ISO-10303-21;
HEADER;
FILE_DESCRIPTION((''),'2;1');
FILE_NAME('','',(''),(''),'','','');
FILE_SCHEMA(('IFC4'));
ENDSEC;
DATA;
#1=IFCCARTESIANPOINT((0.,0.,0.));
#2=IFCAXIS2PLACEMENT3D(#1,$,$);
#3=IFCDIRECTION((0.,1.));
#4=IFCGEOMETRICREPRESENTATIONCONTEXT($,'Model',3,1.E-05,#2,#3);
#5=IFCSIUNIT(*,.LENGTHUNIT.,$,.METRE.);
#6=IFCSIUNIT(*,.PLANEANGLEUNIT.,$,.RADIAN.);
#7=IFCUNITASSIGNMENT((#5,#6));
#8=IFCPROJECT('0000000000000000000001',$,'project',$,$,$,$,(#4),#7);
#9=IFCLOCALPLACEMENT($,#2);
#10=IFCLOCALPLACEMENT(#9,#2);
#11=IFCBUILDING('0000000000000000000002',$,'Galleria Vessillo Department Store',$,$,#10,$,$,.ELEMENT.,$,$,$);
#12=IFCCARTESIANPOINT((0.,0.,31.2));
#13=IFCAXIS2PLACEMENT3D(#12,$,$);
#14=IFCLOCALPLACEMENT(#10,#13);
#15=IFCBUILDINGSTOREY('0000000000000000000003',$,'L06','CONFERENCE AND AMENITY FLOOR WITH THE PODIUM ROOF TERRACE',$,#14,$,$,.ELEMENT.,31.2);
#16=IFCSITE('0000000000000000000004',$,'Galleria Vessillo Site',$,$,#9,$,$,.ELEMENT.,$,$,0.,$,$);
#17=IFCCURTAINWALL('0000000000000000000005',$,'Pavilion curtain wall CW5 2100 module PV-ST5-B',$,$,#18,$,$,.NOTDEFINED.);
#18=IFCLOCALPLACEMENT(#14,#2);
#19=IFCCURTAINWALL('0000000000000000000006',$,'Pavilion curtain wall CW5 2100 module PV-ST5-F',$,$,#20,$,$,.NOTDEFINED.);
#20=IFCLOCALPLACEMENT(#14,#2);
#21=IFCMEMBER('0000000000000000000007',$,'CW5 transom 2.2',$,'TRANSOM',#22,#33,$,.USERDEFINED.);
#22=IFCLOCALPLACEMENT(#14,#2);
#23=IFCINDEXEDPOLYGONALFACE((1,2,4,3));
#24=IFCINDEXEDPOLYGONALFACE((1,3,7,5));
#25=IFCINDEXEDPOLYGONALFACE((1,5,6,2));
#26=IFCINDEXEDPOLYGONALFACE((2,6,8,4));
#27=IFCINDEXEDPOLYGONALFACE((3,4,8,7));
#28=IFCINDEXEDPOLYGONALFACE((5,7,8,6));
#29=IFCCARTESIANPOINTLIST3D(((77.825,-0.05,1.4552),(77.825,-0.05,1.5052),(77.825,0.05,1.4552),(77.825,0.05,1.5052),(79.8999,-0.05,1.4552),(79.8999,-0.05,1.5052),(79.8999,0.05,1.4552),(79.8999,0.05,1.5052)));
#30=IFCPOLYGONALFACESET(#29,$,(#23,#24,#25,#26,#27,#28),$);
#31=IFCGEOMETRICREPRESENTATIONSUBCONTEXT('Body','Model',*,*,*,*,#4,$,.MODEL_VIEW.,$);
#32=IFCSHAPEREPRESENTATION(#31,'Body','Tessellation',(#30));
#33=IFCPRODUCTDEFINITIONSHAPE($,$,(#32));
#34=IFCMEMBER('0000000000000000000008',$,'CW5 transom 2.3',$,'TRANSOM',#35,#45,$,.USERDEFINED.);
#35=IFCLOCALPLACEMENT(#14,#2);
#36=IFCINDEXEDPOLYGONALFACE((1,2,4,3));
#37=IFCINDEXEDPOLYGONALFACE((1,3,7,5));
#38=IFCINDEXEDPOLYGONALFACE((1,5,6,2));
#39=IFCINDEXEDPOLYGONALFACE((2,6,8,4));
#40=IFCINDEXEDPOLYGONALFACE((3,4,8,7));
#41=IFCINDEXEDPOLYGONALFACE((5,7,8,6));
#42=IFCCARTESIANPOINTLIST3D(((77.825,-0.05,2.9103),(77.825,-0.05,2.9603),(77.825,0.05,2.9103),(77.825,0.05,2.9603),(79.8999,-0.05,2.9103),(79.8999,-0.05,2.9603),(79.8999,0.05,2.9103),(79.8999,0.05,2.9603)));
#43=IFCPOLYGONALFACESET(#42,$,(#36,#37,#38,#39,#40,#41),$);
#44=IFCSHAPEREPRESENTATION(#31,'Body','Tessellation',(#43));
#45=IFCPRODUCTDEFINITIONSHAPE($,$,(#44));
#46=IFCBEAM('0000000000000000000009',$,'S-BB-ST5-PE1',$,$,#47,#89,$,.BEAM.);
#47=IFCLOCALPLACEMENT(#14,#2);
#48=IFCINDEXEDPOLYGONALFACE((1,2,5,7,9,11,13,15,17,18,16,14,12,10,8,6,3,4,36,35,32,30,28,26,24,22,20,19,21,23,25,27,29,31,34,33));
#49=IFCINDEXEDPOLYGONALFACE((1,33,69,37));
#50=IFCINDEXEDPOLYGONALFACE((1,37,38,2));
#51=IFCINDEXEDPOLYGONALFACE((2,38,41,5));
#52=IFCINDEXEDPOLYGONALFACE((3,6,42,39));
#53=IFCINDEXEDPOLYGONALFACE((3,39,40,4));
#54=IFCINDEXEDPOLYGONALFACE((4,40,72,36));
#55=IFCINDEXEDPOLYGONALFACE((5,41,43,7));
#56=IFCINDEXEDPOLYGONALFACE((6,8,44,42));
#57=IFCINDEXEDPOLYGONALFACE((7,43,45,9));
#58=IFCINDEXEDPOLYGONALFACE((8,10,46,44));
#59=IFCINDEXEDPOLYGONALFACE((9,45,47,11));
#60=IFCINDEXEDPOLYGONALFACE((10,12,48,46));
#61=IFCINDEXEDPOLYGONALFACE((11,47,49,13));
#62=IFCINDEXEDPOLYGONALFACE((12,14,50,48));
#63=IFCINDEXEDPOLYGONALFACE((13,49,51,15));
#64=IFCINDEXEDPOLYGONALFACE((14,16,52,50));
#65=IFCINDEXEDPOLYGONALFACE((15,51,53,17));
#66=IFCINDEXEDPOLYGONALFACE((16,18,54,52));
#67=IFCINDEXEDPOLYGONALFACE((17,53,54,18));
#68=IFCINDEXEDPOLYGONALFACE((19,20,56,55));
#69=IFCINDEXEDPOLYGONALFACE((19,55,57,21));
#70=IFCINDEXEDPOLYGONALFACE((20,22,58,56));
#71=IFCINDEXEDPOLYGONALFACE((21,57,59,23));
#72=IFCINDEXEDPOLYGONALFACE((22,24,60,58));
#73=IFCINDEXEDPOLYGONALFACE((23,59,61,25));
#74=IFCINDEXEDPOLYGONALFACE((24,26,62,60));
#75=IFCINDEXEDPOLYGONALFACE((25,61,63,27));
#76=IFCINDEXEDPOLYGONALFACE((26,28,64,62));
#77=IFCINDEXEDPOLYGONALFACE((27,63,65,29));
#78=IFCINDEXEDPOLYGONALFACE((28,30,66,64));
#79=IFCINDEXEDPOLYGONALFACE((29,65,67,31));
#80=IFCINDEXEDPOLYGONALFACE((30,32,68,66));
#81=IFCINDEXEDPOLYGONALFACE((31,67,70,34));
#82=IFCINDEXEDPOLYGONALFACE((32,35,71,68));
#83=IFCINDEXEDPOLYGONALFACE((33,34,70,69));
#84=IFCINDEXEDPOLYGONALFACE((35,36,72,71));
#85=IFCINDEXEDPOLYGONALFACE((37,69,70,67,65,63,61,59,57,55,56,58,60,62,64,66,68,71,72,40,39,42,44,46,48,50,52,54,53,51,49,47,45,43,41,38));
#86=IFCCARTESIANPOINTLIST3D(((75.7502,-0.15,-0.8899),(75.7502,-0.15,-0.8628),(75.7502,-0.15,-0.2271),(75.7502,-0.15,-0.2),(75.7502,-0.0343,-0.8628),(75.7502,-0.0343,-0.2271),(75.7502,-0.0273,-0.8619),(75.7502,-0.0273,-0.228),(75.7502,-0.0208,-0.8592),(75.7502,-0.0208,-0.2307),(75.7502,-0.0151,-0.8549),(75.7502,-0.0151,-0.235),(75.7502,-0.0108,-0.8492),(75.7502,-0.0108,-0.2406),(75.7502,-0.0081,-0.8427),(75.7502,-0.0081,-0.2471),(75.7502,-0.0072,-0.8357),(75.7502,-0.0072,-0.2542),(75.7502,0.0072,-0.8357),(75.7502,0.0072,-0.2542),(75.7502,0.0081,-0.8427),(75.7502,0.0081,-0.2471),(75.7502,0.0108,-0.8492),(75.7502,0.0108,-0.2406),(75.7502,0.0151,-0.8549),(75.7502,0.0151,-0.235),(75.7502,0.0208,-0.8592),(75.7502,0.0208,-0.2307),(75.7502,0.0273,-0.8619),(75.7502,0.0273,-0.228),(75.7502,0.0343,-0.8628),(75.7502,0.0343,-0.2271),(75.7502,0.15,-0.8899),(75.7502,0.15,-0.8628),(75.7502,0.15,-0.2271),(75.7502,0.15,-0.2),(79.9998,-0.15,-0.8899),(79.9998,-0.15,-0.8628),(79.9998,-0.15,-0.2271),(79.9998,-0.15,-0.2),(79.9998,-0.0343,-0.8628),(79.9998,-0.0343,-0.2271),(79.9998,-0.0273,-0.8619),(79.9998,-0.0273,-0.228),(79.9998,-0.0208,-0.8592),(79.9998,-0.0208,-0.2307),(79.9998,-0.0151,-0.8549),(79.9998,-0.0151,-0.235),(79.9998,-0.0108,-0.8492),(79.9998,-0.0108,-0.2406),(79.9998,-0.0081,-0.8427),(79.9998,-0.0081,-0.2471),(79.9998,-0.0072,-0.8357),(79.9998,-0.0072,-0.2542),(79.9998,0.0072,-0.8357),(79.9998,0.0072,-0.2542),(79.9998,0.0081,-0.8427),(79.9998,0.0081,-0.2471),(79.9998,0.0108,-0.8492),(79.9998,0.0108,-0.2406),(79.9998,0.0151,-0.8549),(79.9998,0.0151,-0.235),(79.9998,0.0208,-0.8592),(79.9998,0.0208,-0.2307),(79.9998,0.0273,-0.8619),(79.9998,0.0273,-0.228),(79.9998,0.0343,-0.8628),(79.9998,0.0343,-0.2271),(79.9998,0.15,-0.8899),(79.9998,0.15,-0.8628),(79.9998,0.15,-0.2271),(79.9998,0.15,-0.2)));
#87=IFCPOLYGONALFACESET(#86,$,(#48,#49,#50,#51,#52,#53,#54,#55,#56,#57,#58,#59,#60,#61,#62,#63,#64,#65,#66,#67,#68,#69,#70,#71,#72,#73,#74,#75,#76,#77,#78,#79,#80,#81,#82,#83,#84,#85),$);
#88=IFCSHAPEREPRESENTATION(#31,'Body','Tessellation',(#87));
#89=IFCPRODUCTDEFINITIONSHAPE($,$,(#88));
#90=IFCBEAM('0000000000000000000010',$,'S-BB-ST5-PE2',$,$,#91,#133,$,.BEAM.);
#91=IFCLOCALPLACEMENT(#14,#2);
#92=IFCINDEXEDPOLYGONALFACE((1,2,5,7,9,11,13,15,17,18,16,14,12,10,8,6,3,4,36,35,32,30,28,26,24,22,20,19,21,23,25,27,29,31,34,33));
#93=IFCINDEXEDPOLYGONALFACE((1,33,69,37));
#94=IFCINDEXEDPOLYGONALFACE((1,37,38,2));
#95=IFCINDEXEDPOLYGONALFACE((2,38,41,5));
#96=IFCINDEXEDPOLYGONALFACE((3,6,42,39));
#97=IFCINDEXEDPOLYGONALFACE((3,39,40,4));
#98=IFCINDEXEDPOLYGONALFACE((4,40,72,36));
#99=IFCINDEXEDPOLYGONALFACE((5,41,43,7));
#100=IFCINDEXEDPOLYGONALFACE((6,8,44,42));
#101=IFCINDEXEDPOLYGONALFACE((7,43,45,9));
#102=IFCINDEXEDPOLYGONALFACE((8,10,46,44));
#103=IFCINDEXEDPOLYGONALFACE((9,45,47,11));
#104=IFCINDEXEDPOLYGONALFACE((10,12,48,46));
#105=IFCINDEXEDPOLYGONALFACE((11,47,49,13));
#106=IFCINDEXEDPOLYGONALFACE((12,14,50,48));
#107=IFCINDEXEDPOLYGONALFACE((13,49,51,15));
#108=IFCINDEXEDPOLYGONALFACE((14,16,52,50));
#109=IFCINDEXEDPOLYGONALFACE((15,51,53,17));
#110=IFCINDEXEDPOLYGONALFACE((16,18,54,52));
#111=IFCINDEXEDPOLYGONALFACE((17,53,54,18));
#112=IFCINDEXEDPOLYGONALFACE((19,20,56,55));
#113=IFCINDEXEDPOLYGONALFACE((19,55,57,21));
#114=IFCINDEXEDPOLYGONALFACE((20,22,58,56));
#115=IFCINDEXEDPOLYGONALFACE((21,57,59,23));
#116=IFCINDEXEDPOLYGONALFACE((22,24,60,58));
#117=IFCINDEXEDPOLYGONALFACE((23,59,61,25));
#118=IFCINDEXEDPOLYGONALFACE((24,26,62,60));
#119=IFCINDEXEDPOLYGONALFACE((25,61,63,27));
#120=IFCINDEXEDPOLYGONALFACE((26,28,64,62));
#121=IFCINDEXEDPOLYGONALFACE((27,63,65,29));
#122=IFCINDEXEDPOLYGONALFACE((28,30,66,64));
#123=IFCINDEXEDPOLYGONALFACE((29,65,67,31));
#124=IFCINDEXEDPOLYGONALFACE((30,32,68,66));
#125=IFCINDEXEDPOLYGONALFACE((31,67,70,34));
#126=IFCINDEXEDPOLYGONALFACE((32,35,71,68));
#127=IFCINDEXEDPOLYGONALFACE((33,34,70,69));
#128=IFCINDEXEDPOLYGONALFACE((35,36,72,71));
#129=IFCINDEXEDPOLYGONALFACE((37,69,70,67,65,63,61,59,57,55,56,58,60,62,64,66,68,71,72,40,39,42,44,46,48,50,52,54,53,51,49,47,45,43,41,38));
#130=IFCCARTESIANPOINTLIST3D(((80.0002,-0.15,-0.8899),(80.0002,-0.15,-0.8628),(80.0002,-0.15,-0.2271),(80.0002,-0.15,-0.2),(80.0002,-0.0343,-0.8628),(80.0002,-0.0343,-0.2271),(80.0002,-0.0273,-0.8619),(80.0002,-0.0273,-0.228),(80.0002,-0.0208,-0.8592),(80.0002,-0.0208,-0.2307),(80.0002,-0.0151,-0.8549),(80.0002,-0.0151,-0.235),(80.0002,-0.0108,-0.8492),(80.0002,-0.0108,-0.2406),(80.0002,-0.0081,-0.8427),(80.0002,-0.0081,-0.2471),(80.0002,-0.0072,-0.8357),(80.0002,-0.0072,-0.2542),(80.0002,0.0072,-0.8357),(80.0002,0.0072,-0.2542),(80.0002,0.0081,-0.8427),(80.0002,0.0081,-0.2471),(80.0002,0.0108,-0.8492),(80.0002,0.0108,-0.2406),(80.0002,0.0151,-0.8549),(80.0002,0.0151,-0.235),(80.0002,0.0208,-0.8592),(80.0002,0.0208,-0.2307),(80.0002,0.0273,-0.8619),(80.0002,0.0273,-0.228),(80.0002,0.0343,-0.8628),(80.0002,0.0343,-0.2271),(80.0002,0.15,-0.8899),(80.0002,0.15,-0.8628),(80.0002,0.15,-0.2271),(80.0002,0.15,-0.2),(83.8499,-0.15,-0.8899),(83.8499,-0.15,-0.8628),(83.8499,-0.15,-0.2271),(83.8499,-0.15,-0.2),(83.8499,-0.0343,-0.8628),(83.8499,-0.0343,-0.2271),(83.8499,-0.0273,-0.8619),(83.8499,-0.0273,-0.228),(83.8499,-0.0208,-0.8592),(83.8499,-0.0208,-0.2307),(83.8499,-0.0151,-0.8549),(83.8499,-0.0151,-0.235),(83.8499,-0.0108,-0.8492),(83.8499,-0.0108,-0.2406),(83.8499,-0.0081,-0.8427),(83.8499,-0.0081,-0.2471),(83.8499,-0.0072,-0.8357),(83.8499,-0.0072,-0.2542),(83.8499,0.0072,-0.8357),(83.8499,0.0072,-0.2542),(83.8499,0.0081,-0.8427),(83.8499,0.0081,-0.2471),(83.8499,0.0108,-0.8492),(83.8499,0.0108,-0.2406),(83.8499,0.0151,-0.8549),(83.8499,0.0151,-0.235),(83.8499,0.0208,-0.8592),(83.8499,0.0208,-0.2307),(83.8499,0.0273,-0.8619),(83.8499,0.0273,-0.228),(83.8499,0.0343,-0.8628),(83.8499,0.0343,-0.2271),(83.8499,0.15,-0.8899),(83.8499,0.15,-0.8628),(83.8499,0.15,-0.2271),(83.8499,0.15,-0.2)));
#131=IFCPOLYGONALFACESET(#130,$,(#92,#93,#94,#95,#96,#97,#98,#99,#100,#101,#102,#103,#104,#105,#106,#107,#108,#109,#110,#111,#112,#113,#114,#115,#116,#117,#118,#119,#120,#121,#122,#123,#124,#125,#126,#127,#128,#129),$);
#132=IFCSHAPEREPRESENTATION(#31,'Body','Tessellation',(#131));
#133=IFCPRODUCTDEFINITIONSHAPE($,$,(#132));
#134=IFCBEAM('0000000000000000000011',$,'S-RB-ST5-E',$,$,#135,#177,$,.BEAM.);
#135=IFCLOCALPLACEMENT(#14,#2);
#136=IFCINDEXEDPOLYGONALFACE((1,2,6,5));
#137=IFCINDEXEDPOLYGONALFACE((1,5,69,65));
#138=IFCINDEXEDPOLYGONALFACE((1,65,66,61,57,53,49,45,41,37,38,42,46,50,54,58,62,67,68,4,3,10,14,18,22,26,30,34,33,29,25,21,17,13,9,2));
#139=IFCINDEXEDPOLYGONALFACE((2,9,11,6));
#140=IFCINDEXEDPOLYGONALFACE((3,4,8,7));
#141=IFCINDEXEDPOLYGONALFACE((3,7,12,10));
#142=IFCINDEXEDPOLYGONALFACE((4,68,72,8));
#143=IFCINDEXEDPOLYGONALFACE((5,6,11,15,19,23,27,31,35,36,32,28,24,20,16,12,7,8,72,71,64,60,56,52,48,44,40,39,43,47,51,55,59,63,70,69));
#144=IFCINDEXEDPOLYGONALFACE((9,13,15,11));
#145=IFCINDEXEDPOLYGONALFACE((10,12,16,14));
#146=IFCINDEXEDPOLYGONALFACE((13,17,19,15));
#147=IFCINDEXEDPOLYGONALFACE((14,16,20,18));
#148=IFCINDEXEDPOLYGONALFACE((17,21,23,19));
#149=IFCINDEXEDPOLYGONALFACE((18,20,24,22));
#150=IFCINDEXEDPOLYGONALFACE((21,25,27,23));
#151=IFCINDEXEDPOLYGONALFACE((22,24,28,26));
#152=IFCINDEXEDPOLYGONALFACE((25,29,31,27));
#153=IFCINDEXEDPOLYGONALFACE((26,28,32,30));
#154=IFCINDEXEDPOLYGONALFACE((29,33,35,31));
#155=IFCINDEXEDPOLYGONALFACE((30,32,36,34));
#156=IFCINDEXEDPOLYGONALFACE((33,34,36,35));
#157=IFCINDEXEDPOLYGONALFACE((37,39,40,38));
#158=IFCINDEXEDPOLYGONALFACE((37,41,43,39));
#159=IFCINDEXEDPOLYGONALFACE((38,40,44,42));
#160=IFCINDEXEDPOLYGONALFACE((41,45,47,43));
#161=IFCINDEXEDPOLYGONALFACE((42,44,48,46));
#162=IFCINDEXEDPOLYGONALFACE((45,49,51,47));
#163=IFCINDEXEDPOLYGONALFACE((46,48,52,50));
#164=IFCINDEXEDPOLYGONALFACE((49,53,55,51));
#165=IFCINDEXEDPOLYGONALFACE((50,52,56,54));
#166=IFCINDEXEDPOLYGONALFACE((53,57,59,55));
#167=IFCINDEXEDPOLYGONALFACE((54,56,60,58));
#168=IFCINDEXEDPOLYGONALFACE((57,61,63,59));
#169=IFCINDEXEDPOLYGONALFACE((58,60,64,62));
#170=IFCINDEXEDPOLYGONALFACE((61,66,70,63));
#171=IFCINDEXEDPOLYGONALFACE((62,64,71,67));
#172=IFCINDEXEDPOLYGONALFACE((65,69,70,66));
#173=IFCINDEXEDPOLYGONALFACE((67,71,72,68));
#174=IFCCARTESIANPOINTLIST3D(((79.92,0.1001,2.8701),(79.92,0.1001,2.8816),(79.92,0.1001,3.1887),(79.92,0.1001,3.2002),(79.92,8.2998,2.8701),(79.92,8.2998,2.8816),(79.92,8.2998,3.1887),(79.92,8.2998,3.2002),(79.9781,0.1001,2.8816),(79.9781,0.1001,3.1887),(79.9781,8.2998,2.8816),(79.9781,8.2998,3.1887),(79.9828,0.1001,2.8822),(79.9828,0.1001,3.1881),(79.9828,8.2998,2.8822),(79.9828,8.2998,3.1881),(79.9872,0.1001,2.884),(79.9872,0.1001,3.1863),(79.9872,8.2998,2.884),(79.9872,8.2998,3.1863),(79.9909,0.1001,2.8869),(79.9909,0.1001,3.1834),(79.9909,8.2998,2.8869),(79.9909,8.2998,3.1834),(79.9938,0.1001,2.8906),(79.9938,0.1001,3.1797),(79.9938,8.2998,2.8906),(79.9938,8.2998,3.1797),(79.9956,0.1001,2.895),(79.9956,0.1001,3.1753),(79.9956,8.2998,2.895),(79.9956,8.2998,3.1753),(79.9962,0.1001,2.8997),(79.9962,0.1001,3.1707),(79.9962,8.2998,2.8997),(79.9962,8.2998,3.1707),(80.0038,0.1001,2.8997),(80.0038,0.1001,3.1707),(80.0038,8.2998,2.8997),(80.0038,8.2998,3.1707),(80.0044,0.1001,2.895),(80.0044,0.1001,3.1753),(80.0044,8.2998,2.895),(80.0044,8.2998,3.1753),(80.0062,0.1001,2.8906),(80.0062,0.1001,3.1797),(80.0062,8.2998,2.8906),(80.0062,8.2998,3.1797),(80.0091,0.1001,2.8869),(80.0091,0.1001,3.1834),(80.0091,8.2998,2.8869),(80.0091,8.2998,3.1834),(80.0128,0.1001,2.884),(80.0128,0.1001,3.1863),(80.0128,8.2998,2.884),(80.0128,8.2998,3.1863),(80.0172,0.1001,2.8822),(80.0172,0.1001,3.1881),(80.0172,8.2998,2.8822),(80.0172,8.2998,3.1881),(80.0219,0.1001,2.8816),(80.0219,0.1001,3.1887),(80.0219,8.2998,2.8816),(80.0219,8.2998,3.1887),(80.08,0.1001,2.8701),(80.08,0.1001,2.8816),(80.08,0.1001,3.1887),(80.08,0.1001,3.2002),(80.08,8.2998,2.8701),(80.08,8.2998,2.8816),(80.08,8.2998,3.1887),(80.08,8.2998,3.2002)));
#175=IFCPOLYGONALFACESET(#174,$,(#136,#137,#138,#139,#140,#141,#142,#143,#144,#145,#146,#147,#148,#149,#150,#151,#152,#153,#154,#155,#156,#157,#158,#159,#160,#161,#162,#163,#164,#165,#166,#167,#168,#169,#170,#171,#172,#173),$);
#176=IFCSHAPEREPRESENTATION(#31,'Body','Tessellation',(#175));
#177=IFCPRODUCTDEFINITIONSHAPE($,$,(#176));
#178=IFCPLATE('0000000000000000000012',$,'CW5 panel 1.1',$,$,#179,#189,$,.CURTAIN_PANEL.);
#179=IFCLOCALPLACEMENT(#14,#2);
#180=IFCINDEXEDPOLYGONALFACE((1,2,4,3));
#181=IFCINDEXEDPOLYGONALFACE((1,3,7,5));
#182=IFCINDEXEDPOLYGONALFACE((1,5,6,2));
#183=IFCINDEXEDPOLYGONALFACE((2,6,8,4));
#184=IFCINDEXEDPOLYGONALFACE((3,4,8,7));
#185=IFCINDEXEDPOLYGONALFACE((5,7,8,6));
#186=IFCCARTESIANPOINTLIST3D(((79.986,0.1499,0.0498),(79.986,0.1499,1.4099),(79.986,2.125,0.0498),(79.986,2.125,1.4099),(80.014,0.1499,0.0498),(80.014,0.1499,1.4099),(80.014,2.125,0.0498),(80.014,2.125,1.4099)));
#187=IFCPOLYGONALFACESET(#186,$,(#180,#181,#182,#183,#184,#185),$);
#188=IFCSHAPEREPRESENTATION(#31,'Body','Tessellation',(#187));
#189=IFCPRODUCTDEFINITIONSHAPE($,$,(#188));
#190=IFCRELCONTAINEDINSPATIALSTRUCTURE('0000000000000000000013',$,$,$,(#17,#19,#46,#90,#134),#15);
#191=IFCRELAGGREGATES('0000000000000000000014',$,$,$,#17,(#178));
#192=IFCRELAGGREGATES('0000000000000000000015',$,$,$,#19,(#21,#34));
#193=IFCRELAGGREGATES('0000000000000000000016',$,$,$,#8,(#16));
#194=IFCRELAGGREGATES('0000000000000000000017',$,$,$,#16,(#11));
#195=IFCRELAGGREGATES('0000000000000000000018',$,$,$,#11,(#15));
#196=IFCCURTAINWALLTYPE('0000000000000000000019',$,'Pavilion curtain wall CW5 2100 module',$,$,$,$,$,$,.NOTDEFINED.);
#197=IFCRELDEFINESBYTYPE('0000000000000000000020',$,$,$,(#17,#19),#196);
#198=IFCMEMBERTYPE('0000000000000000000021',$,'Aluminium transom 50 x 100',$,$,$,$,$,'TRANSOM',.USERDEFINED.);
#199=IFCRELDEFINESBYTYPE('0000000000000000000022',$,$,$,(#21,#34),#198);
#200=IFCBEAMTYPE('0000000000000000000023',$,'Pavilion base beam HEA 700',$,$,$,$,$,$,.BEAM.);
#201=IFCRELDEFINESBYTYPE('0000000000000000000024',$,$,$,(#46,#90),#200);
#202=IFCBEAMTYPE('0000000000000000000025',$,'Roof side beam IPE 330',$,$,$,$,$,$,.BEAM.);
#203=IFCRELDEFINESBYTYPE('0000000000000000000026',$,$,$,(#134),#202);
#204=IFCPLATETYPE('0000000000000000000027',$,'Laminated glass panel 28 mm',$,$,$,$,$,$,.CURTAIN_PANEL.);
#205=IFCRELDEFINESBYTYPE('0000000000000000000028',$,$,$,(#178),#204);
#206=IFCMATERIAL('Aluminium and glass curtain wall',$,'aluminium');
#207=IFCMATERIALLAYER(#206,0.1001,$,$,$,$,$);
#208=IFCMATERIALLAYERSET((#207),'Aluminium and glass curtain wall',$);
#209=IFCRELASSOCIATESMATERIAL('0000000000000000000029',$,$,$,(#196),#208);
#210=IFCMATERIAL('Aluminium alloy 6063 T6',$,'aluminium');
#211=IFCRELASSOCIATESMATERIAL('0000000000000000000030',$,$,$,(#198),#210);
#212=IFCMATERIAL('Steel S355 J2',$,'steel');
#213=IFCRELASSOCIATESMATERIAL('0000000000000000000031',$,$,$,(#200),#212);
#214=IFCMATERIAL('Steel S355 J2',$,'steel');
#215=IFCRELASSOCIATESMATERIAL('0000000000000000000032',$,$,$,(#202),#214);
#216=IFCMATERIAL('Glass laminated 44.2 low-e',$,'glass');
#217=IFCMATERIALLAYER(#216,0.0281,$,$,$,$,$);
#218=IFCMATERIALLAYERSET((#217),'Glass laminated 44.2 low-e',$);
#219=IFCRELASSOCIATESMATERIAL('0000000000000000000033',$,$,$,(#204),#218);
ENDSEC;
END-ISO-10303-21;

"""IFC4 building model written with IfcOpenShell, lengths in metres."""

from ifc_helpers import new_model, si_unit, direction, frame, origin, origin_2d, place, context, subcontext, project, spatial, rectangle, i_section, extrude, material, layer, layer_set, material_profile, profile_set, type_object, element, aggregate, save


model = new_model("IFC4")

# Units and contexts
model_context = context("Model", 3, precision=1e-05, world=origin(), true_north=direction((0.0, 1.0)))
body_context = subcontext(model_context, "Body", "Model", "MODEL_VIEW")
ifc_project = project(units=[si_unit("LENGTHUNIT", "METRE"), si_unit("PLANEANGLEUNIT", "RADIAN")], contexts=[model_context])

# Site, building, storey
site_placement = place(None, origin())
site = spatial("IfcSite", under=ifc_project, at=site_placement, Name="Galleria Vessillo Site", CompositionType="ELEMENT", RefElevation=0.0)
building_placement = place(site_placement, origin())
building = spatial("IfcBuilding", under=site, at=building_placement, Name="Galleria Vessillo Department Store", CompositionType="ELEMENT")
storey_placement = place(building_placement, frame((0.0, 0.0, 31.2)))
storey = spatial("IfcBuildingStorey", under=building, at=storey_placement, Name="L06", Description="CONFERENCE AND AMENITY FLOOR WITH THE PODIUM ROOF TERRACE", CompositionType="ELEMENT", Elevation=31.2)

# Curtain walls
ifc_material_1 = material(Name="Aluminium and glass curtain wall", Category="aluminium")
ifc_layer_1 = layer(ifc_material_1, 0.1001)
ifc_layer_set_1 = layer_set([ifc_layer_1], Name="Aluminium and glass curtain wall")
curtain_wall_type = type_object("IfcCurtainWallType", Name="Pavilion curtain wall CW5 2100 module", PredefinedType="NOTDEFINED", material=ifc_layer_set_1)
curtain_wall_1_placement = place(storey_placement, origin())
curtain_wall_1 = element("IfcCurtainWall", 1, at=curtain_wall_1_placement, inside=storey, type_object=curtain_wall_type, Name="Pavilion curtain wall CW5 2100 module PV-ST5-B", PredefinedType="NOTDEFINED")
curtain_wall_2_placement = place(storey_placement, origin())
curtain_wall_2 = element("IfcCurtainWall", 2, at=curtain_wall_2_placement, inside=storey, type_object=curtain_wall_type, Name="Pavilion curtain wall CW5 2100 module PV-ST5-F", PredefinedType="NOTDEFINED")

# Members
ifc_material_2 = material(Name="Aluminium alloy 6063 T6", Category="aluminium")
ifc_material_profile_1 = material_profile(ifc_material_2, rectangle(XDim=0.1001, YDim=0.05, at=origin_2d()), Name="AL 50x100")
ifc_profile_set_1 = profile_set([ifc_material_profile_1], Name="Aluminium alloy 6063 T6")
member_type_1 = type_object("IfcMemberType", Name="Aluminium transom 50 x 100", ElementType="TRANSOM", PredefinedType="USERDEFINED", material=ifc_profile_set_1)
member_1_placement = place(storey_placement, frame((77.825, 0.0, 1.4802), z_axis=(1.0, 0.0, 0.0), x_axis=(0.0, 1.0, 0.0)))
member_1 = element("IfcMember", 3, at=member_1_placement, type_object=member_type_1, Name="CW5 transom 2.2", ObjectType="TRANSOM", PredefinedType="USERDEFINED", context=body_context, shape_type="SweptSolid", body=[
    extrude(rectangle(XDim=0.1001, YDim=0.05, at=origin_2d()), origin(), (0.0, 0.0, 1.0), 2.075),
])
member_2_placement = place(storey_placement, frame((77.825, 0.0, 2.9353), z_axis=(1.0, 0.0, 0.0), x_axis=(0.0, 1.0, 0.0)))
member_2 = element("IfcMember", 4, at=member_2_placement, type_object=member_type_1, Name="CW5 transom 2.3", ObjectType="TRANSOM", PredefinedType="USERDEFINED", context=body_context, shape_type="SweptSolid", body=[
    extrude(rectangle(XDim=0.1001, YDim=0.05, at=origin_2d()), origin(), (0.0, 0.0, 1.0), 2.075),
])

# Beams
ifc_material_3 = material(Name="Steel S355 J2", Category="steel")
ifc_material_profile_2 = material_profile(ifc_material_3, i_section(OverallWidth=0.3, OverallDepth=0.6899, WebThickness=0.0144, FlangeThickness=0.0271, FilletRadius=0.0271, at=origin_2d()), Name="HEA 700")
ifc_profile_set_2 = profile_set([ifc_material_profile_2], Name="Steel S355 J2")
beam_type_1 = type_object("IfcBeamType", Name="Pavilion base beam HEA 700", PredefinedType="BEAM", material=ifc_profile_set_2)
beam_1_placement = place(storey_placement, frame((75.7502, 0.0, -0.5449), z_axis=(1.0, 0.0, 0.0), x_axis=(0.0, 1.0, 0.0)))
element("IfcBeam", 5, at=beam_1_placement, inside=storey, type_object=beam_type_1, Name="S-BB-ST5-PE1", PredefinedType="BEAM", context=body_context, shape_type="SweptSolid", body=[
    extrude(i_section(OverallWidth=0.3, OverallDepth=0.6899, WebThickness=0.0144, FlangeThickness=0.0271, FilletRadius=0.0271, at=origin_2d()), origin(), (0.0, 0.0, 1.0), 4.2495),
])
beam_2_placement = place(storey_placement, frame((80.0002, 0.0, -0.5449), z_axis=(1.0, 0.0, 0.0), x_axis=(0.0, 1.0, 0.0)))
element("IfcBeam", 6, at=beam_2_placement, inside=storey, type_object=beam_type_1, Name="S-BB-ST5-PE2", PredefinedType="BEAM", context=body_context, shape_type="SweptSolid", body=[
    extrude(i_section(OverallWidth=0.3, OverallDepth=0.6899, WebThickness=0.0144, FlangeThickness=0.0271, FilletRadius=0.0271, at=origin_2d()), origin(), (0.0, 0.0, 1.0), 3.8496),
])
ifc_material_4 = material(Name="Steel S355 J2", Category="steel")
ifc_material_profile_3 = material_profile(ifc_material_4, i_section(OverallWidth=0.1599, OverallDepth=0.3301, WebThickness=0.0076, FlangeThickness=0.0115, FilletRadius=0.0181, at=origin_2d()), Name="IPE 330")
ifc_profile_set_3 = profile_set([ifc_material_profile_3], Name="Steel S355 J2")
beam_type_2 = type_object("IfcBeamType", Name="Roof side beam IPE 330", PredefinedType="BEAM", material=ifc_profile_set_3)
beam_3_placement = place(storey_placement, frame((80.0, 0.1001, 3.0352), z_axis=(0.0, 1.0, 0.0), x_axis=(-1.0, 0.0, 0.0)))
element("IfcBeam", 7, at=beam_3_placement, inside=storey, type_object=beam_type_2, Name="S-RB-ST5-E", PredefinedType="BEAM", context=body_context, shape_type="SweptSolid", body=[
    extrude(i_section(OverallWidth=0.1599, OverallDepth=0.3301, WebThickness=0.0076, FlangeThickness=0.0115, FilletRadius=0.0181, at=origin_2d()), origin(), (0.0, 0.0, 1.0), 8.1997),
])

# Plate
ifc_material_5 = material(Name="Glass laminated 44.2 low-e", Category="glass")
ifc_layer_2 = layer(ifc_material_5, 0.0281)
ifc_layer_set_2 = layer_set([ifc_layer_2], Name="Glass laminated 44.2 low-e")
plate_type = type_object("IfcPlateType", Name="Laminated glass panel 28 mm", PredefinedType="CURTAIN_PANEL", material=ifc_layer_set_2)
plate_1_placement = place(storey_placement, frame((80.0, 1.1375, 0.0498), z_axis=(0.0, 0.0, 1.0), x_axis=(0.0, 1.0, 0.0)))
plate_1 = element("IfcPlate", 8, at=plate_1_placement, type_object=plate_type, Name="CW5 panel 1.1", PredefinedType="CURTAIN_PANEL", context=body_context, shape_type="SweptSolid", body=[
    extrude(rectangle(XDim=1.9751, YDim=0.0281, at=origin_2d()), origin(), (0.0, 0.0, 1.0), 1.3601),
])
aggregate(curtain_wall_1, [plate_1])
aggregate(curtain_wall_2, [member_1, member_2])

save(model, "model.ifc")
